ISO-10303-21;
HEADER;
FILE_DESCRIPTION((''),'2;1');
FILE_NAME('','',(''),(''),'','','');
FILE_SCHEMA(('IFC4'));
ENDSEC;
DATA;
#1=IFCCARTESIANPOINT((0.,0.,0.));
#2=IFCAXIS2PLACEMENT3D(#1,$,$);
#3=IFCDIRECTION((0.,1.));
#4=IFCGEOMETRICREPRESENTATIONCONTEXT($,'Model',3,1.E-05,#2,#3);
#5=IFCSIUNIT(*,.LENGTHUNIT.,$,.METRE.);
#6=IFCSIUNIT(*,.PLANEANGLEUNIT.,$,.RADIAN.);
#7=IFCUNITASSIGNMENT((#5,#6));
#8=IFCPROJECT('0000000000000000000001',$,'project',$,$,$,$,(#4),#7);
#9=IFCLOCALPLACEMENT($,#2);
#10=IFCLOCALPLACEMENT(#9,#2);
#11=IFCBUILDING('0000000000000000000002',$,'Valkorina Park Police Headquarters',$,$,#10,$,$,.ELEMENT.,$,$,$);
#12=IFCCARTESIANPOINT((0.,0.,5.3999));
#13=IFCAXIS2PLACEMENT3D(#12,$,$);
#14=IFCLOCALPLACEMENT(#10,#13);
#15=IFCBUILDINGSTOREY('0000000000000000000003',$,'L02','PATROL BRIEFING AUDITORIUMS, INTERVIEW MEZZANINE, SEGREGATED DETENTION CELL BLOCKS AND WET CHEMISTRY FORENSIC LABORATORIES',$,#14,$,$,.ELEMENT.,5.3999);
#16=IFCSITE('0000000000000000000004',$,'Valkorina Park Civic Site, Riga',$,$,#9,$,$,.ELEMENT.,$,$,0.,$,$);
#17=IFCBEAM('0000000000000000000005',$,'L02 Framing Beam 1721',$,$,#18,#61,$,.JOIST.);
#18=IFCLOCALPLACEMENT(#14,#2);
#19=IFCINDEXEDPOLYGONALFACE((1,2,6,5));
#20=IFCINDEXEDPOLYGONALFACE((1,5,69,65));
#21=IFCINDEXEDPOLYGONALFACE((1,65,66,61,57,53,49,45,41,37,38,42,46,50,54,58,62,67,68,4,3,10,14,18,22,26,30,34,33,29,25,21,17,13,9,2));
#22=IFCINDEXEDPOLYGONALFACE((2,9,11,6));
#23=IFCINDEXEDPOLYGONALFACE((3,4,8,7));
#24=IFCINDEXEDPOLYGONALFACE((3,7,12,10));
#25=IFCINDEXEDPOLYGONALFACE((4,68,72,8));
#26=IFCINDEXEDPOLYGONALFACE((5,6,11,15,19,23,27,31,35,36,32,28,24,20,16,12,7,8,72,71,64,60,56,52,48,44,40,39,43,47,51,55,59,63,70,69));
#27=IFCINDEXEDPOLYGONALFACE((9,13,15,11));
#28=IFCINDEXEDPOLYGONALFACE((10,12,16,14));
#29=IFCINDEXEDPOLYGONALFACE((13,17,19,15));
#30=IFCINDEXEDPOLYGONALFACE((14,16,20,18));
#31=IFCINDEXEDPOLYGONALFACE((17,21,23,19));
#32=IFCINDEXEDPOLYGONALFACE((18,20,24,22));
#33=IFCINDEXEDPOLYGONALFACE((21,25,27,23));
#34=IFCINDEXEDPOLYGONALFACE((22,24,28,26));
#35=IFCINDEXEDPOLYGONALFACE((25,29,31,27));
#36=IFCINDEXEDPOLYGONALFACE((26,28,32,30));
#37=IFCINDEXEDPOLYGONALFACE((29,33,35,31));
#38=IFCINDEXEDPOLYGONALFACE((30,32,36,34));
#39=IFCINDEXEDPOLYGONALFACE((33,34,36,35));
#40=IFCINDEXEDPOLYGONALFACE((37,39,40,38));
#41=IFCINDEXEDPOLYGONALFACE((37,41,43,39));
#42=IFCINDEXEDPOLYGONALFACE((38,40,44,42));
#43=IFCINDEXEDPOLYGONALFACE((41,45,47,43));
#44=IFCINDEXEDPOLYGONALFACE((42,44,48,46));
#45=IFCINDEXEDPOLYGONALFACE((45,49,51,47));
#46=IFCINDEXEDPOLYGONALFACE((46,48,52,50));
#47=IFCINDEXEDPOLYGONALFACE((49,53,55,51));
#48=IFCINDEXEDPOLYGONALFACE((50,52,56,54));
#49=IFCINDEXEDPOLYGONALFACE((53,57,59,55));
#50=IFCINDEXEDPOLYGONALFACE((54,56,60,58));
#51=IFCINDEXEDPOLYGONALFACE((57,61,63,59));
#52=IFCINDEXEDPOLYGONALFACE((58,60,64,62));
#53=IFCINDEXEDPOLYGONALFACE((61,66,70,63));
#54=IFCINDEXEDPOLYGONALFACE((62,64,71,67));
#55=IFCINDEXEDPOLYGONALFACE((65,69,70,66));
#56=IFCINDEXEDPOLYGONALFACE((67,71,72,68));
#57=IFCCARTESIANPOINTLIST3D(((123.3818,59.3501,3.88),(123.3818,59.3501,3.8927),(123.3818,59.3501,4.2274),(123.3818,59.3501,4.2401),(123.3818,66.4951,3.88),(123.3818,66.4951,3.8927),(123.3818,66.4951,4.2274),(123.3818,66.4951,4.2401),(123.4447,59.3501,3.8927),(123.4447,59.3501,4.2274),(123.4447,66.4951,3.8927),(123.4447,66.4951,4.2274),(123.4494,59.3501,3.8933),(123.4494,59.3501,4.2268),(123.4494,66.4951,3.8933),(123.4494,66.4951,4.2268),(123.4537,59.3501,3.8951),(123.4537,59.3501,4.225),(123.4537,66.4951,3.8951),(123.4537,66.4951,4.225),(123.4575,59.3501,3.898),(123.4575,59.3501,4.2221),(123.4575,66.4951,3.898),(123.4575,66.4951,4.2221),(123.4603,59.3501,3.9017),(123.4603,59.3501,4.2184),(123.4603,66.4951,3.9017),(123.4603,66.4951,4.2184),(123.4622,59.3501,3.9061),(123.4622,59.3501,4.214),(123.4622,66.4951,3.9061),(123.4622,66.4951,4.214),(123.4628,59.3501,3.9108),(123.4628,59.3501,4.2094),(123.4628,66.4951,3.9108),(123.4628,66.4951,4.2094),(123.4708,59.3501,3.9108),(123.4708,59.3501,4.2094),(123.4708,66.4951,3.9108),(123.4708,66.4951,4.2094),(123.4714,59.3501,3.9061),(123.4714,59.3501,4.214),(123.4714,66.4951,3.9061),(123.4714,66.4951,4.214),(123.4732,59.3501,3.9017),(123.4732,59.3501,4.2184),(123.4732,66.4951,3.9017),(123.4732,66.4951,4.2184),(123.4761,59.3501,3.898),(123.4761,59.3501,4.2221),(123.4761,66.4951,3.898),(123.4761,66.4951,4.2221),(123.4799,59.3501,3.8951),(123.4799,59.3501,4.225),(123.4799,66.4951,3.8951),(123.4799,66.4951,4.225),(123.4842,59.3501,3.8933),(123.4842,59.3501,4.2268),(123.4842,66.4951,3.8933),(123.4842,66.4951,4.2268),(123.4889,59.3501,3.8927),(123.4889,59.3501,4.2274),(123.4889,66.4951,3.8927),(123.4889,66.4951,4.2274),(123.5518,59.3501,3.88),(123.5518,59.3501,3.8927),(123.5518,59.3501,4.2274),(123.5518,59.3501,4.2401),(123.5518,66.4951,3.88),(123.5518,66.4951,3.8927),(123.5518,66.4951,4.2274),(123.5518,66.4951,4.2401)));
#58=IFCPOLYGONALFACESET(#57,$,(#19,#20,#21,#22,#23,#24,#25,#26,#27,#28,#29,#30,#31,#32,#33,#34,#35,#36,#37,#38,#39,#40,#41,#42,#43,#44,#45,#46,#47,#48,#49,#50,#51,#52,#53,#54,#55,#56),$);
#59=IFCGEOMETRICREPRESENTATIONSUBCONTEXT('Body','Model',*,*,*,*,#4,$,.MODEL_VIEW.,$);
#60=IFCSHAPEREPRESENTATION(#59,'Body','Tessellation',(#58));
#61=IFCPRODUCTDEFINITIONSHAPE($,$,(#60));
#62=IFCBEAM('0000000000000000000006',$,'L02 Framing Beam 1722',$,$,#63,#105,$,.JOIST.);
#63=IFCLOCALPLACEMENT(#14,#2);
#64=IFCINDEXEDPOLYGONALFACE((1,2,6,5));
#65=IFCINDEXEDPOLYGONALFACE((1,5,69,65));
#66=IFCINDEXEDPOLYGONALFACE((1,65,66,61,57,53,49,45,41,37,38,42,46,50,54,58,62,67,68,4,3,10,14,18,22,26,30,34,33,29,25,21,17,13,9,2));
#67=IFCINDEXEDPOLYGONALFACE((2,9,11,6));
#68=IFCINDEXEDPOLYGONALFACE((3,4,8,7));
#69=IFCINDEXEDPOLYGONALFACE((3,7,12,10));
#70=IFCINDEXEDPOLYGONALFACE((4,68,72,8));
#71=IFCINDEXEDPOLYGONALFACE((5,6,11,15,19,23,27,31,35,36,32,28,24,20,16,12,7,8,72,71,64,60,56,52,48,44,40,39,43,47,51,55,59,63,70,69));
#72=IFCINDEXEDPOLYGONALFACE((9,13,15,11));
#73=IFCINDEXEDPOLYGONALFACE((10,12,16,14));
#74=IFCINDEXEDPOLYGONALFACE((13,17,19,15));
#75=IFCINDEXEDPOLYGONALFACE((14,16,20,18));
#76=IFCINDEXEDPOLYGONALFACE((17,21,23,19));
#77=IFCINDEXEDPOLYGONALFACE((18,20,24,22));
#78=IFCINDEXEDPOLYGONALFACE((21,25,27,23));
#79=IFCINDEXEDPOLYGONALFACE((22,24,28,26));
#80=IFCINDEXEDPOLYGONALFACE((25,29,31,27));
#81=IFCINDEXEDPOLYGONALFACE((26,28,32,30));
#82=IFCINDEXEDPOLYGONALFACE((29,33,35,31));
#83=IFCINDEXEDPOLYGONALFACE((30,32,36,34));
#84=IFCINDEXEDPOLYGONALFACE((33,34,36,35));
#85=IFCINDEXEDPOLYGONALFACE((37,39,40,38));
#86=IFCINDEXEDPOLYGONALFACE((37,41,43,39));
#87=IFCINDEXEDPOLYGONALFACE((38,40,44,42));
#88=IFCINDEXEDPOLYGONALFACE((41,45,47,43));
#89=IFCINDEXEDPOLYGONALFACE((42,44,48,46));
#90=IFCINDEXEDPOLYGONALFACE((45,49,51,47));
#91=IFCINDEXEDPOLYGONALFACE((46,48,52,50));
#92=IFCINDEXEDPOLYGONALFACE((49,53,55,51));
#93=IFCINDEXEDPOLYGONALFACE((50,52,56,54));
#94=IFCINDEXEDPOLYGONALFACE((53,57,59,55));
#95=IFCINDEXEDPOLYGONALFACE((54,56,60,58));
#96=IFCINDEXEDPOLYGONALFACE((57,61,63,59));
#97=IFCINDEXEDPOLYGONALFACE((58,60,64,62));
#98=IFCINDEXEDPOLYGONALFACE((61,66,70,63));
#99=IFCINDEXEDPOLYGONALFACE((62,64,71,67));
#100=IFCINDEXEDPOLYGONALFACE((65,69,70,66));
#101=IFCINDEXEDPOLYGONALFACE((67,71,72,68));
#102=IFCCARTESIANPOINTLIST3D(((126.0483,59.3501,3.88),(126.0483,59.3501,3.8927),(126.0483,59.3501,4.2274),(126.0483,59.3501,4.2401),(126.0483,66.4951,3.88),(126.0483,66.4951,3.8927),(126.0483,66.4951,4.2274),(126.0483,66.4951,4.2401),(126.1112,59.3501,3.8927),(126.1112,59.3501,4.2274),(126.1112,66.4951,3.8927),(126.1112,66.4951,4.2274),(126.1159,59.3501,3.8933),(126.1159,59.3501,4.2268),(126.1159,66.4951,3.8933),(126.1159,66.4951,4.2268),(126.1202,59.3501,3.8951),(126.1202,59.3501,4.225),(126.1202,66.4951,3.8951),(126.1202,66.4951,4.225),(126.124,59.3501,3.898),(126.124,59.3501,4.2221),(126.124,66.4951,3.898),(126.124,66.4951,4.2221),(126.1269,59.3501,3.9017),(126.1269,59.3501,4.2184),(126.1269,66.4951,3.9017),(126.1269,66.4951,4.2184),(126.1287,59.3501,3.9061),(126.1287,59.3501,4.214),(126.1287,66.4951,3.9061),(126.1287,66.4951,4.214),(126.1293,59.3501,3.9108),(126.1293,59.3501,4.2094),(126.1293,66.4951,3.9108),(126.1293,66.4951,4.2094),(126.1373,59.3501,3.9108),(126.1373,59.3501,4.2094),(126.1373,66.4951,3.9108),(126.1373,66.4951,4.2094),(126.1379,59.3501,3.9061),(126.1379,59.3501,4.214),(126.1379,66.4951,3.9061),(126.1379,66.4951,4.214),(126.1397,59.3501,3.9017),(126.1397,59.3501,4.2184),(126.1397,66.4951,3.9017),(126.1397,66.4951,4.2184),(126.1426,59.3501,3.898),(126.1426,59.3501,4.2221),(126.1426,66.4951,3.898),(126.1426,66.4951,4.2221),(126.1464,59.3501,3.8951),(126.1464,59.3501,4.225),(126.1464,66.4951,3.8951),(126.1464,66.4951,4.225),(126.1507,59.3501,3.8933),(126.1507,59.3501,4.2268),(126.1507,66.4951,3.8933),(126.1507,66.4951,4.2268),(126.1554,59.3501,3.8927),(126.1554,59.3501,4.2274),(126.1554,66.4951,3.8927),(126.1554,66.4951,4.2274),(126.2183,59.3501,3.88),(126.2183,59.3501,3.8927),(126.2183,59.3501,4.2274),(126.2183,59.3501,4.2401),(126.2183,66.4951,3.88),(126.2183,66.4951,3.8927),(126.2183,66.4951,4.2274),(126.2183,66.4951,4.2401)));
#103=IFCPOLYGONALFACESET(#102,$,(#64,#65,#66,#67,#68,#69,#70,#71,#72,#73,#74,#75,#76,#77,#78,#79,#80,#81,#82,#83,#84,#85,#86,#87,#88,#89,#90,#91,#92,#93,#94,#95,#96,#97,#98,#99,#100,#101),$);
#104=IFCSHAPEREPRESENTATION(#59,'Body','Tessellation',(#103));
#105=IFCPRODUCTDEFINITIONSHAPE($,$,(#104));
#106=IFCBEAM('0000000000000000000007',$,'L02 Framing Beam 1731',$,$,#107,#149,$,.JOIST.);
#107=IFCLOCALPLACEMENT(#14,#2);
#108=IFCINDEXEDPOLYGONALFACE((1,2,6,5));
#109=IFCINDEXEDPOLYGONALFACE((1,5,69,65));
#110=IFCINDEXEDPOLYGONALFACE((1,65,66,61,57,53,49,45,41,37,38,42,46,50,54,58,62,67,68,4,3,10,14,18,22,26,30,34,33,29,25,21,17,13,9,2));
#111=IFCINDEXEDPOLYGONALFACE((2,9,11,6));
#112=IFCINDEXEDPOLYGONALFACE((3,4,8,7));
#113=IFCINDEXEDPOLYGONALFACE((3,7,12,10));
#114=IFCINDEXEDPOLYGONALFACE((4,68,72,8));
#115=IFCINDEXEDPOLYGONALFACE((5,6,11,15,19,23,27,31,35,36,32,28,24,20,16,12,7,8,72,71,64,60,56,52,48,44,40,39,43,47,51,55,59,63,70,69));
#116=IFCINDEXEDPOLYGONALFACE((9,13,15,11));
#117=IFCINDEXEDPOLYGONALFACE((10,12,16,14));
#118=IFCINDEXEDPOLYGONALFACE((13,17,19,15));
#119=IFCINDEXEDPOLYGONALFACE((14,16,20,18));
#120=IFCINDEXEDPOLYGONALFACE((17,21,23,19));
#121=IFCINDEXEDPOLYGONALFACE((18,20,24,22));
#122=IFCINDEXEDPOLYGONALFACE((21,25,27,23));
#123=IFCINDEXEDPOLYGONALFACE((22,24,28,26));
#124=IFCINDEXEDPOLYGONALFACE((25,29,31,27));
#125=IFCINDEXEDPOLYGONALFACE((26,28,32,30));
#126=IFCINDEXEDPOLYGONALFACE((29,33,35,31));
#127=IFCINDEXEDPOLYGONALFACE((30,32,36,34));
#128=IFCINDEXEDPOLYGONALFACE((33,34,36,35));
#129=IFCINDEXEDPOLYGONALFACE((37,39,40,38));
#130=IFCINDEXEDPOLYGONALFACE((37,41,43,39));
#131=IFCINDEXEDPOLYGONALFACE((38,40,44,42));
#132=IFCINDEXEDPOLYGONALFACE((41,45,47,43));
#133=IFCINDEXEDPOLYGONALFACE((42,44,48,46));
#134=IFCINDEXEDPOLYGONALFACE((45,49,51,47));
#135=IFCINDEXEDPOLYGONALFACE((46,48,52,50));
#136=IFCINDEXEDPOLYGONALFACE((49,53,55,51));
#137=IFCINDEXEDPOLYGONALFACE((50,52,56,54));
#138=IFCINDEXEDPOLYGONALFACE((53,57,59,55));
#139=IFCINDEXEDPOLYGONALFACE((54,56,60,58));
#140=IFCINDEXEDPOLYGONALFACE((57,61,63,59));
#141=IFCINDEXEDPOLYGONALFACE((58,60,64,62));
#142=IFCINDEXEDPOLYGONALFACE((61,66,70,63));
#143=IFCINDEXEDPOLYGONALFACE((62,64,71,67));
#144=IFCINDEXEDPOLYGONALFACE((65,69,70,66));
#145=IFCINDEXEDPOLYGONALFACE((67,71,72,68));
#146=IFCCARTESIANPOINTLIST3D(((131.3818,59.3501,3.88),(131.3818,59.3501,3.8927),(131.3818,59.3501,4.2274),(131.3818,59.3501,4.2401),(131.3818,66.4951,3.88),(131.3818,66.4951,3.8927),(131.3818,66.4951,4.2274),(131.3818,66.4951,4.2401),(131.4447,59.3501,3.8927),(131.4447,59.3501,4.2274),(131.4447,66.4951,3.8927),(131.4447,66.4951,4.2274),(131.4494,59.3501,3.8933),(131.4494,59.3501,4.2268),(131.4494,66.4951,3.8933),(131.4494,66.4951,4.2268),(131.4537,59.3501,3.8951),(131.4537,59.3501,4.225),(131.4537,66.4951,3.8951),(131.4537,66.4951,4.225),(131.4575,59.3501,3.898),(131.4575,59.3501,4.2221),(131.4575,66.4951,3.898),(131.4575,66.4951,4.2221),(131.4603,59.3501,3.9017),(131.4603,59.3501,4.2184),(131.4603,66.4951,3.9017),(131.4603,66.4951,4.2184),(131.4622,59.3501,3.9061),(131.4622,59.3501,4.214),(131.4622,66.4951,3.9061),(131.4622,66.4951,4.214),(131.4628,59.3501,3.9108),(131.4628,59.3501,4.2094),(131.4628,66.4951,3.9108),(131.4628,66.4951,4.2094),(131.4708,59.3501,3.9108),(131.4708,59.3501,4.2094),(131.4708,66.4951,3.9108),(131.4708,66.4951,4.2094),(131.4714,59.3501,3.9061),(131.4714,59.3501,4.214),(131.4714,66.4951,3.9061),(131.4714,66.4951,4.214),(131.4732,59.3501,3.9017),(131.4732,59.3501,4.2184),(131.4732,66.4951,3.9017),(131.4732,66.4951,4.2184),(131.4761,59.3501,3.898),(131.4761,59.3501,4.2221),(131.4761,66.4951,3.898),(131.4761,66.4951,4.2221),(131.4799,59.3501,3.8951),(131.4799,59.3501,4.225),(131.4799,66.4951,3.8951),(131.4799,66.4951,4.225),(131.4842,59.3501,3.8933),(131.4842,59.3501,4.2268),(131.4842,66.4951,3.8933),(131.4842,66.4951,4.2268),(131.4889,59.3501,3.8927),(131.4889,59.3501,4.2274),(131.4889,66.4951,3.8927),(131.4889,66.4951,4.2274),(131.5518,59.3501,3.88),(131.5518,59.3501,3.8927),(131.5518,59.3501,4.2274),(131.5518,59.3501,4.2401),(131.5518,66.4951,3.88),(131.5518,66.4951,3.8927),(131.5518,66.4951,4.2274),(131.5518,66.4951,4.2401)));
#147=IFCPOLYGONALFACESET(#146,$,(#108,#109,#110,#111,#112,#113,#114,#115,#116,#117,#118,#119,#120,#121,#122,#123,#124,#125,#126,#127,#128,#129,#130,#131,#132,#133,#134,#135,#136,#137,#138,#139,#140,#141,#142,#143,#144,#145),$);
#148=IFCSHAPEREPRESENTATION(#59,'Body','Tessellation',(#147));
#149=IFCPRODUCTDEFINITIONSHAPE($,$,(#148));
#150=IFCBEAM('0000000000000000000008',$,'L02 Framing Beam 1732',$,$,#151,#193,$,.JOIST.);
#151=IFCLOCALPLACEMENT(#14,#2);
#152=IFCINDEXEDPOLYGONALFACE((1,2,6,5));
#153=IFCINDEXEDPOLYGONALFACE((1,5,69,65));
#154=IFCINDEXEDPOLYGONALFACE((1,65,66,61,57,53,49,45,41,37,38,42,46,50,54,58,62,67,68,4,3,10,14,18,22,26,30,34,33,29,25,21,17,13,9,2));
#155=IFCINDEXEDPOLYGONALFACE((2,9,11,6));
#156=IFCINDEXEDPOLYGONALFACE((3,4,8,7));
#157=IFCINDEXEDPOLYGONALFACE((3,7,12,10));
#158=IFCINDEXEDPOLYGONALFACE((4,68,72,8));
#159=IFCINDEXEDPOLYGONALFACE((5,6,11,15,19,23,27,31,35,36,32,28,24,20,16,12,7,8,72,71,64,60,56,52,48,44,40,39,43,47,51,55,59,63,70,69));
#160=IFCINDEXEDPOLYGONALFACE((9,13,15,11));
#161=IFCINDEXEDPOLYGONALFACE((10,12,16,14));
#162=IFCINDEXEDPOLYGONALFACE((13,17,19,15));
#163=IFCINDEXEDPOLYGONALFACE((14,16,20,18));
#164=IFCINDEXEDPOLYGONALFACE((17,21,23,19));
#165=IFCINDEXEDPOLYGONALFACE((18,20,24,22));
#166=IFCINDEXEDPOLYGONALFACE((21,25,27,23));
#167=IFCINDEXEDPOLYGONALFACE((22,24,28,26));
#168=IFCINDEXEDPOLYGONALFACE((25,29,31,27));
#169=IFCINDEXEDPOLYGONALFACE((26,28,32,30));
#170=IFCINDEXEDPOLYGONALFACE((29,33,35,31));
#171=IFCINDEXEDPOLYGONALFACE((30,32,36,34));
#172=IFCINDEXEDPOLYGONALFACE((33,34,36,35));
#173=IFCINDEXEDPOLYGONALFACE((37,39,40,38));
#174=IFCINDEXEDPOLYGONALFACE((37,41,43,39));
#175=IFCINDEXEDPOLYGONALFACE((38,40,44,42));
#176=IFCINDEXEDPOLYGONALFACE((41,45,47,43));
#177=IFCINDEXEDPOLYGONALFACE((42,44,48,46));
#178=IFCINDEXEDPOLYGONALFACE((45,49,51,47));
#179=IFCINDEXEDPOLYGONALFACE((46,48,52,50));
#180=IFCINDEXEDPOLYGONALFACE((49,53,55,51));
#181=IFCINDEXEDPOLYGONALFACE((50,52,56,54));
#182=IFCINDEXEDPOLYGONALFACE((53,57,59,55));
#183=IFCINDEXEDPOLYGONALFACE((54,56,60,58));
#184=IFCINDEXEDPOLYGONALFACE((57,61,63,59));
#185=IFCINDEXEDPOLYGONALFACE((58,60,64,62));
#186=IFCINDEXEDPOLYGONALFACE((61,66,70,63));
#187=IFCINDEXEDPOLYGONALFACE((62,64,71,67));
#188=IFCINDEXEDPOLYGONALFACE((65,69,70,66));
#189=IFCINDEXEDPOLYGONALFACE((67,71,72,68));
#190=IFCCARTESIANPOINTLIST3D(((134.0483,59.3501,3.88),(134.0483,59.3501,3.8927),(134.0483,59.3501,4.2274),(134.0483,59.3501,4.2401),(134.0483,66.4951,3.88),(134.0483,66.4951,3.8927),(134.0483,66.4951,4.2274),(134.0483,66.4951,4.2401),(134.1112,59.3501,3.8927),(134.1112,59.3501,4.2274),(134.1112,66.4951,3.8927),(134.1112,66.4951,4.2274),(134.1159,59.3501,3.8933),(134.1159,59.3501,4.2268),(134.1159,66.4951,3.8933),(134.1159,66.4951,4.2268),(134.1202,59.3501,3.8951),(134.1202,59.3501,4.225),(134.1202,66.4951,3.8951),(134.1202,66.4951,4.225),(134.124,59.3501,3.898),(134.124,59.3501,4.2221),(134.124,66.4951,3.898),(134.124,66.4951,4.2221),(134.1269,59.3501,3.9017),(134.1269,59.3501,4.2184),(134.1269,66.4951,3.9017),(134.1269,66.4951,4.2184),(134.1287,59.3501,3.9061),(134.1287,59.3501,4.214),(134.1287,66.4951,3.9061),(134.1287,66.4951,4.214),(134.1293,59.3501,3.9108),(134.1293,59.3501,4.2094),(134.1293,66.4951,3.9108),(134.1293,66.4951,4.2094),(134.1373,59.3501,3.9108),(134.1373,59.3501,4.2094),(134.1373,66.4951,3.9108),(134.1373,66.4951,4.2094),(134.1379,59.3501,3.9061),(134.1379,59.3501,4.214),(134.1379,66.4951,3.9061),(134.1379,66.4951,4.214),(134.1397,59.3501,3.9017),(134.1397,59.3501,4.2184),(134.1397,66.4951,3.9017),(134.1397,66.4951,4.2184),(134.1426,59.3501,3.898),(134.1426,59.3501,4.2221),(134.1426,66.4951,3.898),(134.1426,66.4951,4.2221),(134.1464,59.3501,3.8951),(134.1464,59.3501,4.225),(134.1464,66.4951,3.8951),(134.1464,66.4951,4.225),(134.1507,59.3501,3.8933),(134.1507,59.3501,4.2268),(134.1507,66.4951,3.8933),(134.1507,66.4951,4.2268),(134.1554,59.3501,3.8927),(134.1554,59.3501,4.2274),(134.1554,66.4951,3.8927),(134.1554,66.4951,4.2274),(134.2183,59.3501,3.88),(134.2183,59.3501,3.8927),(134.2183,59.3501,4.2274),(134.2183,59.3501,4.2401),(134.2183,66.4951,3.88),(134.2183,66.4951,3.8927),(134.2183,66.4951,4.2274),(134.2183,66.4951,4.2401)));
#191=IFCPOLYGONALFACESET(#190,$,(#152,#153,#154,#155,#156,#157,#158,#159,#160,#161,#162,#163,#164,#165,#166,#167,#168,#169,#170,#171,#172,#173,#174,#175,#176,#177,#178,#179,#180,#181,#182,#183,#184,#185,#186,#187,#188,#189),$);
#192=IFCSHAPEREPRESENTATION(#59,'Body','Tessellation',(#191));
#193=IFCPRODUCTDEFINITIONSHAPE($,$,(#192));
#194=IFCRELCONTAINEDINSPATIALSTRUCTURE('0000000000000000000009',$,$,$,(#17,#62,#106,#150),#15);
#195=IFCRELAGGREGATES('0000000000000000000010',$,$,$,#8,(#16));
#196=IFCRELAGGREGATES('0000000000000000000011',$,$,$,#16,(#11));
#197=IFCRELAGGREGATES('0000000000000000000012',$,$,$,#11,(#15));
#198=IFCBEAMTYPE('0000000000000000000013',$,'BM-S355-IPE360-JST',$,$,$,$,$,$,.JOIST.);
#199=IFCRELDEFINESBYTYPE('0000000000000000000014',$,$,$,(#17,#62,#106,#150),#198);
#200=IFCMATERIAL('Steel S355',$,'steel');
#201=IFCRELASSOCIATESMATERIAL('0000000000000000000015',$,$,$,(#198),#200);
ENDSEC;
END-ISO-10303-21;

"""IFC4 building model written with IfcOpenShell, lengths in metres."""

from ifc_helpers import new_model, si_unit, direction, frame, origin, origin_2d, place, context, subcontext, project, spatial, i_section, extrude, material, material_profile, profile_set, type_object, element, save


model = new_model("IFC4")

# Units and contexts
model_context = context("Model", 3, precision=1e-05, world=origin(), true_north=direction((0.0, 1.0)))
body_context = subcontext(model_context, "Body", "Model", "MODEL_VIEW")
ifc_project = project(units=[si_unit("LENGTHUNIT", "METRE"), si_unit("PLANEANGLEUNIT", "RADIAN")], contexts=[model_context])

# Site, building, storey
site_placement = place(None, origin())
site = spatial("IfcSite", under=ifc_project, at=site_placement, Name="Valkorina Park Civic Site, Riga", CompositionType="ELEMENT", RefElevation=0.0)
building_placement = place(site_placement, origin())
building = spatial("IfcBuilding", under=site, at=building_placement, Name="Valkorina Park Police Headquarters", CompositionType="ELEMENT")
storey_placement = place(building_placement, frame((0.0, 0.0, 5.3999)))
storey = spatial("IfcBuildingStorey", under=building, at=storey_placement, Name="L02", Description="PATROL BRIEFING AUDITORIUMS, INTERVIEW MEZZANINE, SEGREGATED DETENTION CELL BLOCKS AND WET CHEMISTRY FORENSIC LABORATORIES", CompositionType="ELEMENT", Elevation=5.3999)

# Shared definitions
ifc_material_1 = material(Name="Steel S355", Category="steel")

# Beams
ifc_material_profile_1 = material_profile(ifc_material_1, i_section(OverallWidth=0.1699, OverallDepth=0.3601, WebThickness=0.0081, FlangeThickness=0.0127, FilletRadius=0.0181, at=origin_2d()), Name="IPE 360")
ifc_profile_set_1 = profile_set([ifc_material_profile_1], Name="Steel S355")
beam_type_1 = type_object("IfcBeamType", Name="BM-S355-IPE360-JST", PredefinedType="JOIST", material=ifc_profile_set_1)
for number, where, z_axis, x_axis, name in (
    (1, (123.4668, 59.3501, 4.0601), (0.0, 1.0, 0.0), (-1.0, 0.0, 0.0), "L02 Framing Beam 1721"),
    (2, (126.1333, 59.3501, 4.0601), (0.0, 1.0, 0.0), (-1.0, 0.0, 0.0), "L02 Framing Beam 1722"),
    (3, (131.4668, 59.3501, 4.0601), (0.0, 1.0, 0.0), (-1.0, 0.0, 0.0), "L02 Framing Beam 1731"),
    (4, (134.1333, 59.3501, 4.0601), (0.0, 1.0, 0.0), (-1.0, 0.0, 0.0), "L02 Framing Beam 1732"),
):
    element("IfcBeam", number, at=place(storey_placement, frame(where, z_axis=z_axis, x_axis=x_axis)), inside=storey, type_object=beam_type_1, Name=name, PredefinedType="JOIST", context=body_context, shape_type="SweptSolid", body=[
        extrude(i_section(OverallWidth=0.1699, OverallDepth=0.3601, WebThickness=0.0081, FlangeThickness=0.0127, FilletRadius=0.0181, at=origin_2d()), origin(), (0.0, 0.0, 1.0), 7.145),
    ])

save(model, "model.ifc")
